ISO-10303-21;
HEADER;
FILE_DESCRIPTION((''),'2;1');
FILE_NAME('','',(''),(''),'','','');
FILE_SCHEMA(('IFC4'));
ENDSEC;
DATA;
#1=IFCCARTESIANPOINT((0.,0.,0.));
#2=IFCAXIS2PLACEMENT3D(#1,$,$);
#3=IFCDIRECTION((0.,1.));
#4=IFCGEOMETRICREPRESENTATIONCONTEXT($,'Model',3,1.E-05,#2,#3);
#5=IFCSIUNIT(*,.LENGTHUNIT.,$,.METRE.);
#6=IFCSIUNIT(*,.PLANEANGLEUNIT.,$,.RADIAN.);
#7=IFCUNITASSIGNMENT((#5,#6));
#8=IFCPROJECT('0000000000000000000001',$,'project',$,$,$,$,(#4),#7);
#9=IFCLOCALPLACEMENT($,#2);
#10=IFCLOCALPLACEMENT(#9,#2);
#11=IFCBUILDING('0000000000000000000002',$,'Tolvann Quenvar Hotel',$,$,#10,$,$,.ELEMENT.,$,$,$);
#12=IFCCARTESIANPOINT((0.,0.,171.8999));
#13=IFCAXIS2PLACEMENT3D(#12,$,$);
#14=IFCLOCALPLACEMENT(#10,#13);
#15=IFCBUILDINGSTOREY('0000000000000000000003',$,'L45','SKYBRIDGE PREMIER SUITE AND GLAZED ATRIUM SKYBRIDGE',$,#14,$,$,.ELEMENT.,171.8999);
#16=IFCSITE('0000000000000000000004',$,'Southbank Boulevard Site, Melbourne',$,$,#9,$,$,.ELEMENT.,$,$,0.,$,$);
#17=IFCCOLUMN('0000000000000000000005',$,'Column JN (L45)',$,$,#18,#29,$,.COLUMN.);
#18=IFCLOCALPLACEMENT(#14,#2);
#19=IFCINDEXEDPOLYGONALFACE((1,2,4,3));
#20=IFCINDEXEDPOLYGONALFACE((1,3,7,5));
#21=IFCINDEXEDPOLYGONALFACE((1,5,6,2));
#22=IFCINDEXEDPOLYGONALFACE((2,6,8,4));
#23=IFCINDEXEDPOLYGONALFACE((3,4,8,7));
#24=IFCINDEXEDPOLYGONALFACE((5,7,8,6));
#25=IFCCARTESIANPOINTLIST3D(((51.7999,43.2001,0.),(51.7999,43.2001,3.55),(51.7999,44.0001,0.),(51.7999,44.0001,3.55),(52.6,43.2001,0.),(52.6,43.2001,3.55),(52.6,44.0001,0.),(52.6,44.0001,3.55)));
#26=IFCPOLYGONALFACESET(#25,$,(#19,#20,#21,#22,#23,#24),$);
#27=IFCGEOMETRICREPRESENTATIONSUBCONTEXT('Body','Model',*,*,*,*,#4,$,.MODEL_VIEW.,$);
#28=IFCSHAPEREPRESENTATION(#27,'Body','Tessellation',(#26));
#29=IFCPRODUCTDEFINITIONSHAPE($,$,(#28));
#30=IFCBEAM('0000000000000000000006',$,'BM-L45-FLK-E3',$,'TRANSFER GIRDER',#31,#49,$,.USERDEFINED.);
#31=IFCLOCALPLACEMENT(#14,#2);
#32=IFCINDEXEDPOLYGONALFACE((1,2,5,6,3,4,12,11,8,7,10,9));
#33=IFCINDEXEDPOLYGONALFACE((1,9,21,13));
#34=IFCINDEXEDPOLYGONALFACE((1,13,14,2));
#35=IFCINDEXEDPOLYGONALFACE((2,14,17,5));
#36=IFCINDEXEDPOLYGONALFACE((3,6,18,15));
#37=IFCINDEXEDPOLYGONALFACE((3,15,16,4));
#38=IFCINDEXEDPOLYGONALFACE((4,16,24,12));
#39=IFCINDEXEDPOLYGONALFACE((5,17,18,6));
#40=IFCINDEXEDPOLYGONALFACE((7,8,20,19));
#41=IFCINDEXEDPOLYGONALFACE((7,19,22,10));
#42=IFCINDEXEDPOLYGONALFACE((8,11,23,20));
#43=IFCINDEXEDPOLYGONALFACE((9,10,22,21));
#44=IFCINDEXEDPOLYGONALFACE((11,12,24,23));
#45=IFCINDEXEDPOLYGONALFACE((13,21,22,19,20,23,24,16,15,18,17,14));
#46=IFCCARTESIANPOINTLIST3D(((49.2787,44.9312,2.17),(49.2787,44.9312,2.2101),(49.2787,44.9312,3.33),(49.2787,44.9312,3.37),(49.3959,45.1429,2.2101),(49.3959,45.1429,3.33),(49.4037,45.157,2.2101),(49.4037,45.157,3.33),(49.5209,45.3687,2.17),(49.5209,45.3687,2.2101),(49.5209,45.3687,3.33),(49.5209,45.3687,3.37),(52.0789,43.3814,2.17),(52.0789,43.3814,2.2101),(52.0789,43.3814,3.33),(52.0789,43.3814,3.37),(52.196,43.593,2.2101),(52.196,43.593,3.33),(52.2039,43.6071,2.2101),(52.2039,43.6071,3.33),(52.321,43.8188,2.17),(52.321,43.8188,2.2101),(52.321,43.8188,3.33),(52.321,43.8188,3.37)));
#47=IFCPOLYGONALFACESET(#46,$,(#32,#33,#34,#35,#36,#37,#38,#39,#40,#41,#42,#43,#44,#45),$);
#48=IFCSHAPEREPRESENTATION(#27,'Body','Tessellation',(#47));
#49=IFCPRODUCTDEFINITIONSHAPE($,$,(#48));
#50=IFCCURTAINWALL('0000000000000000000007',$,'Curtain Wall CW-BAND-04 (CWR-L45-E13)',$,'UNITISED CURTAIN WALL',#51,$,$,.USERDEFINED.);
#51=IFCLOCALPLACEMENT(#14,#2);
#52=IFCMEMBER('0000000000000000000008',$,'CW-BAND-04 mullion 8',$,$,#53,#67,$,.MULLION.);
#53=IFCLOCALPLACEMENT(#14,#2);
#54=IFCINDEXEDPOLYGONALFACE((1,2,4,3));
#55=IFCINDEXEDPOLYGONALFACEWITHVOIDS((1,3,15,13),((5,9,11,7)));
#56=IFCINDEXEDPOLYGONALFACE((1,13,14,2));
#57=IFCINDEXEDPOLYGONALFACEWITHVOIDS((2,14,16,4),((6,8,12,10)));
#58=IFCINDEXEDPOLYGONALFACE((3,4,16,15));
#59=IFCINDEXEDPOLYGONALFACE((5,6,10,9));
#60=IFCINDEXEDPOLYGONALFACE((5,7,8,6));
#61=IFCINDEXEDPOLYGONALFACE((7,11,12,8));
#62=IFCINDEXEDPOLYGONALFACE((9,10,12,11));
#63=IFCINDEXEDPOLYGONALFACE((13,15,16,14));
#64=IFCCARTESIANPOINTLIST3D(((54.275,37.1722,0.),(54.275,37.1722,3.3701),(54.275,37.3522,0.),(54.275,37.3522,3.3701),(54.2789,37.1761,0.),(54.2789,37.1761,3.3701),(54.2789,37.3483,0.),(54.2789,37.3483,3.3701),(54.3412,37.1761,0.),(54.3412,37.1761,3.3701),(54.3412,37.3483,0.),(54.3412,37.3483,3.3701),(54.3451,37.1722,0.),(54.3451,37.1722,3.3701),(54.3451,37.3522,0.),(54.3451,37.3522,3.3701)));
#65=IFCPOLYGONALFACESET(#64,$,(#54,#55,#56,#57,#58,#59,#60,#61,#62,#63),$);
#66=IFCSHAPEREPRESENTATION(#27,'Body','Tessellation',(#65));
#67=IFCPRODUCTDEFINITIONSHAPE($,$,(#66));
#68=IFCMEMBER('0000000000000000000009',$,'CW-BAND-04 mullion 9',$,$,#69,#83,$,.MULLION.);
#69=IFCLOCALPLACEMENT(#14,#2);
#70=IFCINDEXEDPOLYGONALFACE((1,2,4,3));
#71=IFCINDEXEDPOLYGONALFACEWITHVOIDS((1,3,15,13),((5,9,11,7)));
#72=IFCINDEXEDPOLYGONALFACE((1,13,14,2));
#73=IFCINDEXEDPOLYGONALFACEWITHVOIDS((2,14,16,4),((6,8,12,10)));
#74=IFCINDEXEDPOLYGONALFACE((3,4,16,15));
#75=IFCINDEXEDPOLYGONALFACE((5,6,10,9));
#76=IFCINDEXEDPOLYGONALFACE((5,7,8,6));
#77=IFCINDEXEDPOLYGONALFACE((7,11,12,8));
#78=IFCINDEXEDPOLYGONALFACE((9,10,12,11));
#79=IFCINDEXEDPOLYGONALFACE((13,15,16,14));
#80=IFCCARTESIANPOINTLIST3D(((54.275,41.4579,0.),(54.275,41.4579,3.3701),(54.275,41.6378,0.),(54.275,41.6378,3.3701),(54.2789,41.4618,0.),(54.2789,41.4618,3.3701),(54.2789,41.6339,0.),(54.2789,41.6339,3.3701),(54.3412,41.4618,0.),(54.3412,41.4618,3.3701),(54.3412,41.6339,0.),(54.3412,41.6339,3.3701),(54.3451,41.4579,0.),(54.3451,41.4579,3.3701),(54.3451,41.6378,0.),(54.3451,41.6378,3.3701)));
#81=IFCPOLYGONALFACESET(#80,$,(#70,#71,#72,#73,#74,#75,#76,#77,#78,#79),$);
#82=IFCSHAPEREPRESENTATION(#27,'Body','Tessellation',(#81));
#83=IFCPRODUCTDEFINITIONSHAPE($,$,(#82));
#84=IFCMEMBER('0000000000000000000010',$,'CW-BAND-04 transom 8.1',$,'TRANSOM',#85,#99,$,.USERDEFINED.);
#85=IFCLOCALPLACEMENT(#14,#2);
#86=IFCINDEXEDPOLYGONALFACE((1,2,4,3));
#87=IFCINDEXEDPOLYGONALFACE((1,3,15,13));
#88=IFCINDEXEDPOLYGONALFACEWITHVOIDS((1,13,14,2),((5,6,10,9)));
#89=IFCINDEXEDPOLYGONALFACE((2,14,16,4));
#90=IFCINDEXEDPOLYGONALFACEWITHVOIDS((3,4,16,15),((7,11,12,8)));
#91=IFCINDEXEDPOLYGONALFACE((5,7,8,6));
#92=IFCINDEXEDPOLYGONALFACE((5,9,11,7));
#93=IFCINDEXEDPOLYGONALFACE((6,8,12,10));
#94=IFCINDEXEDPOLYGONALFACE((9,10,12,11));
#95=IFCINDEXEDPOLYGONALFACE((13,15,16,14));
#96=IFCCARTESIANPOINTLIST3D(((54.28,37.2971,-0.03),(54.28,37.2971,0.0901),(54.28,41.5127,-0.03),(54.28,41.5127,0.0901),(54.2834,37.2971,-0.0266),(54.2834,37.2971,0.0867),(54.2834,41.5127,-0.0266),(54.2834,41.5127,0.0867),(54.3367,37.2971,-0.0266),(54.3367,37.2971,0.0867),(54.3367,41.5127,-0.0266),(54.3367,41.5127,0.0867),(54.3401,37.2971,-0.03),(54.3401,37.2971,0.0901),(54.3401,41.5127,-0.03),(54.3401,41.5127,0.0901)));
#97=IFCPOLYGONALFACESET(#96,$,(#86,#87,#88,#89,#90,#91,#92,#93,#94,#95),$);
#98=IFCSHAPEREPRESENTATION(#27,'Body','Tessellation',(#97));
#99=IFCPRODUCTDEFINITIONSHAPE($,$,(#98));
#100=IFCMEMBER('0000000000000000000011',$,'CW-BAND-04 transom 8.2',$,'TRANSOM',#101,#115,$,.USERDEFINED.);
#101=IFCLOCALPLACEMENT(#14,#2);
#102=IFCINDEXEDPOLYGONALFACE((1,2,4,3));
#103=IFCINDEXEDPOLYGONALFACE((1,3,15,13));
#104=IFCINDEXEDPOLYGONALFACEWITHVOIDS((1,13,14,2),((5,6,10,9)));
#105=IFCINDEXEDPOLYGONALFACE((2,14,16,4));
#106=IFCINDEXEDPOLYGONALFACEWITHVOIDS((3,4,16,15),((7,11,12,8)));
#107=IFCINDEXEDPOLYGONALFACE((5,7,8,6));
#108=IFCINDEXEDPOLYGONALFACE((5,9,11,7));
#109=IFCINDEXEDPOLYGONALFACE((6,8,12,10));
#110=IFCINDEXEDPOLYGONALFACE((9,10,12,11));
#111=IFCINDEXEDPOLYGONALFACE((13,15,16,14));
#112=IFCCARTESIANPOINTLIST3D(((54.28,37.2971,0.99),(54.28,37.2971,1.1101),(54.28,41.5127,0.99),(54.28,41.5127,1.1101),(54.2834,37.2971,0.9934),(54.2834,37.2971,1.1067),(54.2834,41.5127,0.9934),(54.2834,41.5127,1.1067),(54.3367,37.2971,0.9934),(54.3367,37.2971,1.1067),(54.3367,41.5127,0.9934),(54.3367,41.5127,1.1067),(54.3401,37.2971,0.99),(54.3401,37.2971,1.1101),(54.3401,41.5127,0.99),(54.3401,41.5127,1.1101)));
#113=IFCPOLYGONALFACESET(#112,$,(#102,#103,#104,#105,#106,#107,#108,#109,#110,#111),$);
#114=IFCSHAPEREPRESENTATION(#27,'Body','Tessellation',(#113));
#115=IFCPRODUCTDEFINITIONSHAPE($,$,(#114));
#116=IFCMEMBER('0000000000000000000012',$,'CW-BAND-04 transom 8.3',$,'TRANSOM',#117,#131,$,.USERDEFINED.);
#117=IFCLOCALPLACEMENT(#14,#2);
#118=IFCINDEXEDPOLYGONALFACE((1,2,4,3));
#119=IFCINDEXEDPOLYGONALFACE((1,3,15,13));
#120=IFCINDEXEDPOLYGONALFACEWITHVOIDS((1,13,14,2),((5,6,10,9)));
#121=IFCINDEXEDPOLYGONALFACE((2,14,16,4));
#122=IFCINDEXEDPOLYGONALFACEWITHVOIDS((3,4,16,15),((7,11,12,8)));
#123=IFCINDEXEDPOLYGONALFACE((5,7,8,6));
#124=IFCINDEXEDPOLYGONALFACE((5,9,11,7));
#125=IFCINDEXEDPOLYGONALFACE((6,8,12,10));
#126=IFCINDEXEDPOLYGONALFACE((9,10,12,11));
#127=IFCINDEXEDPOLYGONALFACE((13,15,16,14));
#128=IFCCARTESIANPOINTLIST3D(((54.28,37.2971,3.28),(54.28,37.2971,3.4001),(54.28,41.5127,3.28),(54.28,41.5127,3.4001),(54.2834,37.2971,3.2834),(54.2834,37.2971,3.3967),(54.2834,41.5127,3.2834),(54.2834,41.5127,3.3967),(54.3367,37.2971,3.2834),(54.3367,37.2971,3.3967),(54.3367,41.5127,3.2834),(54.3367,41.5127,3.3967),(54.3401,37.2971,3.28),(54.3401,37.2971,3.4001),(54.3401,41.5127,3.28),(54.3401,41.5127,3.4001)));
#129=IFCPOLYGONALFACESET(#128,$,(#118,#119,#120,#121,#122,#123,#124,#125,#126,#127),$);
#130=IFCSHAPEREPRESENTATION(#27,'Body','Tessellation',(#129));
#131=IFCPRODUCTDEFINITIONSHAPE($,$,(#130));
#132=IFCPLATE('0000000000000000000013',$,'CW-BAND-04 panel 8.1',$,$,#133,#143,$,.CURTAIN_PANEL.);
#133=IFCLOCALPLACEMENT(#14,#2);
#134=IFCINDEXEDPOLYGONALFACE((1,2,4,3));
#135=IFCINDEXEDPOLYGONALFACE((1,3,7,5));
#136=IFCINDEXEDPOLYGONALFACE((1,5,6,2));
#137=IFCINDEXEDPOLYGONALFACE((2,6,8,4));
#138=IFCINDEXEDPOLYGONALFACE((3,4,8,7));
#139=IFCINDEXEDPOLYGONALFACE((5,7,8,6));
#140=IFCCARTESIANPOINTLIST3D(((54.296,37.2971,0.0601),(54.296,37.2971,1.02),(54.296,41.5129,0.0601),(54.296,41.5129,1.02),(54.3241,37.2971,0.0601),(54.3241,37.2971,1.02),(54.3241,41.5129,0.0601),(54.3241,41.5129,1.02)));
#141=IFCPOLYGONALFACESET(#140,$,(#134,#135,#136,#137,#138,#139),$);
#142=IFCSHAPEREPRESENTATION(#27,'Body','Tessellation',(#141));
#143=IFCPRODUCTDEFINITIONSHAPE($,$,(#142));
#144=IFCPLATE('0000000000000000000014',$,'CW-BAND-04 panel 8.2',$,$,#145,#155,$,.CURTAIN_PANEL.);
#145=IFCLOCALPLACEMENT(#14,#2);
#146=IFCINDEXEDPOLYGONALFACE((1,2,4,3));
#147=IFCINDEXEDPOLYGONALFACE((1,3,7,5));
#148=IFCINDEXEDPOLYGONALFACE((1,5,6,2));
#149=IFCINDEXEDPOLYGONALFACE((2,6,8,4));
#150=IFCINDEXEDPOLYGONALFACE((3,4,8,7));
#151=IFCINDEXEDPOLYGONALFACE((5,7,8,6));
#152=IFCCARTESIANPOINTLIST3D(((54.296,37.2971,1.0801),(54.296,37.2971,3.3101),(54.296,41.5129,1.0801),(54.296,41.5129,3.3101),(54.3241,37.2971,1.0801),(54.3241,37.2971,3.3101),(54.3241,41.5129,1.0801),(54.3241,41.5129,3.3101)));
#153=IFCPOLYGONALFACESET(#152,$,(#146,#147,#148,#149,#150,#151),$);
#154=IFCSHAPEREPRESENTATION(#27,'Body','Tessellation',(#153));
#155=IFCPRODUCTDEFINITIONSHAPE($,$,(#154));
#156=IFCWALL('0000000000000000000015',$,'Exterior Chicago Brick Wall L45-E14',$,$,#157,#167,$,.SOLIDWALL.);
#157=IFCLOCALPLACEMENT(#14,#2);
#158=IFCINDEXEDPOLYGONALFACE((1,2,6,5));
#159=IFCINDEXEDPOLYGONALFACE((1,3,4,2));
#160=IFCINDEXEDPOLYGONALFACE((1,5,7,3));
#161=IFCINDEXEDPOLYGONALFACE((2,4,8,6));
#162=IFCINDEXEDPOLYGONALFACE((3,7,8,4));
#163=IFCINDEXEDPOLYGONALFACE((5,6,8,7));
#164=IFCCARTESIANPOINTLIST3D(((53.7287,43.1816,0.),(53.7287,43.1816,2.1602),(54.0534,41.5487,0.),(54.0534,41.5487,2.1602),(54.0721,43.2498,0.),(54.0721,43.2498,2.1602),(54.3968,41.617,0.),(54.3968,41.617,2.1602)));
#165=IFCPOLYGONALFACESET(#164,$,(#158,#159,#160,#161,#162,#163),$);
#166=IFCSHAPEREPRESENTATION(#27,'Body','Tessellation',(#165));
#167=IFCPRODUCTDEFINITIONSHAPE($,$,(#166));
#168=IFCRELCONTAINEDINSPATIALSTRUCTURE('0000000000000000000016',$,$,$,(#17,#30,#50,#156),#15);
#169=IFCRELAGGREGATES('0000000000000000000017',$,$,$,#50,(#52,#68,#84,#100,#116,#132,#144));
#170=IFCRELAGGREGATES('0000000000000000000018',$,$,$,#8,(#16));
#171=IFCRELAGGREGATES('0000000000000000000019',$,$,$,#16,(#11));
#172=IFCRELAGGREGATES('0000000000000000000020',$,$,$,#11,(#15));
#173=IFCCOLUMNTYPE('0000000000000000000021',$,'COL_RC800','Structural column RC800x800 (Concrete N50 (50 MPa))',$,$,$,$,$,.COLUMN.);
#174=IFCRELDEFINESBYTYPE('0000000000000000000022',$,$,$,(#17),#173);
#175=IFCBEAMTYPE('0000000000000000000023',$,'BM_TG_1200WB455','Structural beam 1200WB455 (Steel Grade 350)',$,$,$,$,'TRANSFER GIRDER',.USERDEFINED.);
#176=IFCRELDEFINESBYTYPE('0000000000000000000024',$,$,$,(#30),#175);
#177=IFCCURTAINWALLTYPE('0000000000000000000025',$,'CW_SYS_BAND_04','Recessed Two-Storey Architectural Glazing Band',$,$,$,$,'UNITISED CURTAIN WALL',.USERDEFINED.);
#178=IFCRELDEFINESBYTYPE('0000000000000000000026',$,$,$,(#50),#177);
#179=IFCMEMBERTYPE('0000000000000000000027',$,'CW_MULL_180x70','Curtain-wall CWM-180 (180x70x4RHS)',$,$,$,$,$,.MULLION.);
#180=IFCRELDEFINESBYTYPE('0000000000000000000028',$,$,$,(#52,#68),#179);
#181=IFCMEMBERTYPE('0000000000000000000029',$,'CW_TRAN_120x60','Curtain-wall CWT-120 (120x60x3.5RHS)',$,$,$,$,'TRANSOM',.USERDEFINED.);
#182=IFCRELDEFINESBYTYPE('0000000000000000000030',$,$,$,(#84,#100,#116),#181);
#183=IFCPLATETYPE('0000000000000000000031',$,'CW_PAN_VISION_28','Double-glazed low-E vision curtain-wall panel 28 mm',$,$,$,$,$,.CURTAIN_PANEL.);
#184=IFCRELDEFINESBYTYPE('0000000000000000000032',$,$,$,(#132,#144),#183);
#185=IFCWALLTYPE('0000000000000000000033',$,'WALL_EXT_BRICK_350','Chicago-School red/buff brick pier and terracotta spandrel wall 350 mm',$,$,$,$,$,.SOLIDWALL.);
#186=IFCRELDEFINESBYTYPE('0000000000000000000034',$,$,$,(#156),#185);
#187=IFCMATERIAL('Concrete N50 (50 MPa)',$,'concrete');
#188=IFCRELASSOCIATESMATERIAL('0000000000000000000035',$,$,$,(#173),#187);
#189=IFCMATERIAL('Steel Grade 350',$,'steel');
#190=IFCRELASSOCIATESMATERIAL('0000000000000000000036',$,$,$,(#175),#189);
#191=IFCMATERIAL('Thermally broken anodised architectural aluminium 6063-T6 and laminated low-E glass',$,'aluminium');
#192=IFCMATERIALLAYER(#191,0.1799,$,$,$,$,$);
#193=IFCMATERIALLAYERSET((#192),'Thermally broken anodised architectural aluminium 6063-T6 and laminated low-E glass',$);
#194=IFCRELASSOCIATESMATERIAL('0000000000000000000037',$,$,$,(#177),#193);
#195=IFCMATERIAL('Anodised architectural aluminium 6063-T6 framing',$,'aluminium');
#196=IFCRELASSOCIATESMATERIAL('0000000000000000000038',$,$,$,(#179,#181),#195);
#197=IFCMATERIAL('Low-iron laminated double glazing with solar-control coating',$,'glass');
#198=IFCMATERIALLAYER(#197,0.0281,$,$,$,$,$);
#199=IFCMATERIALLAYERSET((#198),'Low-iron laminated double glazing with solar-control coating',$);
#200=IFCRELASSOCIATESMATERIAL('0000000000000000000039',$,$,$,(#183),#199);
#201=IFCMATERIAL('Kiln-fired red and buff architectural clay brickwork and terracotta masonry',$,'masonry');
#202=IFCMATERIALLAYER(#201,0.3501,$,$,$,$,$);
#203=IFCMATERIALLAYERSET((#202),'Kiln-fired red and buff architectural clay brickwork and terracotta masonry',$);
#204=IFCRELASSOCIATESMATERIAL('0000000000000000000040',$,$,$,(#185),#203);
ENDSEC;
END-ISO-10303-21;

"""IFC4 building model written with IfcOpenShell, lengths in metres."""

from ifc_helpers import new_model, si_unit, direction, frame, frame_2d, origin, origin_2d, place, context, subcontext, project, spatial, rectangle, hollow_rectangle, i_section, extrude, source, transform, mapped, material, layer, layer_set, material_profile, profile_set, type_object, type_shapes, element, aggregate, save


model = new_model("IFC4")

# Units and contexts
model_context = context("Model", 3, precision=1e-05, world=origin(), true_north=direction((0.0, 1.0)))
body_context = subcontext(model_context, "Body", "Model", "MODEL_VIEW")
ifc_project = project(units=[si_unit("LENGTHUNIT", "METRE"), si_unit("PLANEANGLEUNIT", "RADIAN")], contexts=[model_context])

# Site, building, storey
site_placement = place(None, origin())
site = spatial("IfcSite", under=ifc_project, at=site_placement, Name="Southbank Boulevard Site, Melbourne", CompositionType="ELEMENT", RefElevation=0.0)
building_placement = place(site_placement, origin())
building = spatial("IfcBuilding", under=site, at=building_placement, Name="Tolvann Quenvar Hotel", CompositionType="ELEMENT")
storey_placement = place(building_placement, frame((0.0, 0.0, 171.8999)))
storey = spatial("IfcBuildingStorey", under=building, at=storey_placement, Name="L45", Description="SKYBRIDGE PREMIER SUITE AND GLAZED ATRIUM SKYBRIDGE", CompositionType="ELEMENT", Elevation=171.8999)

# Column
ifc_material_1 = material(Name="Concrete N50 (50 MPa)", Category="concrete")
ifc_material_profile_1 = material_profile(ifc_material_1, rectangle(XDim=0.8, YDim=0.8, at=origin_2d()), Name="RC800x800")
ifc_profile_set_1 = profile_set([ifc_material_profile_1], Name="Concrete N50 (50 MPa)")
column_type = type_object("IfcColumnType", Name="COL_RC800", Description="Structural column RC800x800 (Concrete N50 (50 MPa))", PredefinedType="COLUMN", material=ifc_profile_set_1)
shared_shape_1 = source(origin(), body_context, "Body", "SweptSolid", [
    extrude(rectangle(XDim=0.8, YDim=0.8, at=origin_2d()), origin(), (0.0, 0.0, 1.0), 3.55),
])
type_shapes(column_type, [shared_shape_1])
column_placement = place(storey_placement, frame((52.2, 43.6001, 0.0), z_axis=(0.0, 0.0, 1.0), x_axis=(1.0, 0.0, 0.0)))
element("IfcColumn", 1, at=column_placement, inside=storey, type_object=column_type, Name="Column JN (L45)", PredefinedType="COLUMN", context=body_context, shape_type="MappedRepresentation", body=[
    mapped(shared_shape_1, transform((0.0, 0.0, 0.0), x_axis=(1.0, 0.0, 0.0), y_axis=(0.0, 1.0, 0.0), z_axis=(0.0, 0.0, 1.0), scale=1.0)),
])

# Beam
ifc_material_2 = material(Name="Steel Grade 350", Category="steel")
ifc_material_profile_2 = material_profile(ifc_material_2, i_section(OverallWidth=0.5, OverallDepth=1.2, WebThickness=0.0161, FlangeThickness=0.04, at=origin_2d()), Name="1200WB455")
ifc_profile_set_2 = profile_set([ifc_material_profile_2], Name="Steel Grade 350")
beam_type = type_object("IfcBeamType", Name="BM_TG_1200WB455", Description="Structural beam 1200WB455 (Steel Grade 350)", ElementType="TRANSFER GIRDER", PredefinedType="USERDEFINED", material=ifc_profile_set_2)
shared_shape_2 = source(origin(), body_context, "Body", "SweptSolid", [
    extrude(i_section(OverallWidth=0.5, OverallDepth=1.2, WebThickness=0.0161, FlangeThickness=0.04, at=origin_2d()), origin(), (0.0, 0.0, 1.0), 3.2004),
])
type_shapes(beam_type, [shared_shape_2])
beam_placement = place(storey_placement, frame((52.2, 43.6001, 2.77), z_axis=(-0.874923, 0.484263, 0.0), x_axis=(-0.484263, -0.874923, 0.0)))
element("IfcBeam", 2, at=beam_placement, inside=storey, type_object=beam_type, Name="BM-L45-FLK-E3", ObjectType="TRANSFER GIRDER", PredefinedType="USERDEFINED", context=body_context, shape_type="MappedRepresentation", body=[
    mapped(shared_shape_2, transform((0.0, 0.0, 0.0), x_axis=(1.0, 0.0, 0.0), y_axis=(0.0, 1.0, 0.0), z_axis=(0.0, 0.0, 1.0), scale=1.0)),
])

# Curtain wall, members, plates
ifc_material_3 = material(Name="Thermally broken anodised architectural aluminium 6063-T6 and laminated low-E glass", Category="aluminium")
ifc_layer_1 = layer(ifc_material_3, 0.1799)
ifc_layer_set_1 = layer_set([ifc_layer_1], Name="Thermally broken anodised architectural aluminium 6063-T6 and laminated low-E glass")
curtain_wall_type = type_object("IfcCurtainWallType", Name="CW_SYS_BAND_04", Description="Recessed Two-Storey Architectural Glazing Band", ElementType="UNITISED CURTAIN WALL", PredefinedType="USERDEFINED", material=ifc_layer_set_1)
curtain_wall_placement = place(storey_placement, origin())
curtain_wall = element("IfcCurtainWall", 3, at=curtain_wall_placement, inside=storey, type_object=curtain_wall_type, Name="Curtain Wall CW-BAND-04 (CWR-L45-E13)", ObjectType="UNITISED CURTAIN WALL", PredefinedType="USERDEFINED")
ifc_material_4 = material(Name="Anodised architectural aluminium 6063-T6 framing", Category="aluminium")
ifc_material_profile_3 = material_profile(ifc_material_4, hollow_rectangle(XDim=0.0701, YDim=0.1799, WallThickness=0.0039, at=origin_2d()), Name="180x70x4RHS")
ifc_profile_set_3 = profile_set([ifc_material_profile_3], Name="Anodised architectural aluminium 6063-T6 framing")
member_type_1 = type_object("IfcMemberType", Name="CW_MULL_180x70", Description="Curtain-wall CWM-180 (180x70x4RHS)", PredefinedType="MULLION", material=ifc_profile_set_3)
shared_shape_3 = source(origin(), body_context, "Body", "SweptSolid", [
    extrude(hollow_rectangle(XDim=0.0701, YDim=0.1799, WallThickness=0.0039, at=origin_2d()), origin(), (0.0, 0.0, 1.0), 3.3701),
])
type_shapes(member_type_1, [shared_shape_3])
member_1_placement = place(storey_placement, frame((54.3101, 37.2622, 0.0), z_axis=(0.0, 0.0, 1.0), x_axis=(-1.0, 0.0, 0.0)))
member_1 = element("IfcMember", 4, at=member_1_placement, type_object=member_type_1, Name="CW-BAND-04 mullion 8", PredefinedType="MULLION", context=body_context, shape_type="MappedRepresentation", body=[
    mapped(shared_shape_3, transform((0.0, 0.0, 0.0), x_axis=(1.0, 0.0, 0.0), y_axis=(0.0, 1.0, 0.0), z_axis=(0.0, 0.0, 1.0), scale=1.0)),
])
member_2_placement = place(storey_placement, frame((54.3101, 41.5479, 0.0), z_axis=(0.0, 0.0, 1.0), x_axis=(-1.0, 0.0, 0.0)))
member_2 = element("IfcMember", 5, at=member_2_placement, type_object=member_type_1, Name="CW-BAND-04 mullion 9", PredefinedType="MULLION", context=body_context, shape_type="MappedRepresentation", body=[
    mapped(shared_shape_3, transform((0.0, 0.0, 0.0), x_axis=(1.0, 0.0, 0.0), y_axis=(0.0, 1.0, 0.0), z_axis=(0.0, 0.0, 1.0), scale=1.0)),
])
ifc_material_profile_4 = material_profile(ifc_material_4, hollow_rectangle(XDim=0.0601, YDim=0.1201, WallThickness=0.0034, at=origin_2d()), Name="120x60x3.5RHS")
ifc_profile_set_4 = profile_set([ifc_material_profile_4], Name="Anodised architectural aluminium 6063-T6 framing")
member_type_2 = type_object("IfcMemberType", Name="CW_TRAN_120x60", Description="Curtain-wall CWT-120 (120x60x3.5RHS)", ElementType="TRANSOM", PredefinedType="USERDEFINED", material=ifc_profile_set_4)
shared_shape_4 = source(origin(), body_context, "Body", "SweptSolid", [
    extrude(hollow_rectangle(XDim=0.0601, YDim=0.1201, WallThickness=0.0034, at=origin_2d()), origin(), (0.0, 0.0, 1.0), 4.2156),
])
type_shapes(member_type_2, [shared_shape_4])
member_3_placement = place(storey_placement, frame((54.3101, 37.2971, 0.03), z_axis=(0.0, 1.0, 0.0), x_axis=(-1.0, 0.0, 0.0)))
member_3 = element("IfcMember", 6, at=member_3_placement, type_object=member_type_2, Name="CW-BAND-04 transom 8.1", ObjectType="TRANSOM", PredefinedType="USERDEFINED", context=body_context, shape_type="MappedRepresentation", body=[
    mapped(shared_shape_4, transform((0.0, 0.0, 0.0), x_axis=(1.0, 0.0, 0.0), y_axis=(0.0, 1.0, 0.0), z_axis=(0.0, 0.0, 1.0), scale=1.0)),
])
member_4_placement = place(storey_placement, frame((54.3101, 37.2971, 1.05), z_axis=(0.0, 1.0, 0.0), x_axis=(-1.0, 0.0, 0.0)))
member_4 = element("IfcMember", 7, at=member_4_placement, type_object=member_type_2, Name="CW-BAND-04 transom 8.2", ObjectType="TRANSOM", PredefinedType="USERDEFINED", context=body_context, shape_type="MappedRepresentation", body=[
    mapped(shared_shape_4, transform((0.0, 0.0, 0.0), x_axis=(1.0, 0.0, 0.0), y_axis=(0.0, 1.0, 0.0), z_axis=(0.0, 0.0, 1.0), scale=1.0)),
])
member_5_placement = place(storey_placement, frame((54.3101, 37.2971, 3.3401), z_axis=(0.0, 1.0, 0.0), x_axis=(-1.0, 0.0, 0.0)))
member_5 = element("IfcMember", 8, at=member_5_placement, type_object=member_type_2, Name="CW-BAND-04 transom 8.3", ObjectType="TRANSOM", PredefinedType="USERDEFINED", context=body_context, shape_type="MappedRepresentation", body=[
    mapped(shared_shape_4, transform((0.0, 0.0, 0.0), x_axis=(1.0, 0.0, 0.0), y_axis=(0.0, 1.0, 0.0), z_axis=(0.0, 0.0, 1.0), scale=1.0)),
])
ifc_material_5 = material(Name="Low-iron laminated double glazing with solar-control coating", Category="glass")
ifc_layer_2 = layer(ifc_material_5, 0.0281)
ifc_layer_set_2 = layer_set([ifc_layer_2], Name="Low-iron laminated double glazing with solar-control coating")
plate_type = type_object("IfcPlateType", Name="CW_PAN_VISION_28", Description="Double-glazed low-E vision curtain-wall panel 28 mm", PredefinedType="CURTAIN_PANEL", material=ifc_layer_set_2)
shared_shape_5 = source(origin(), body_context, "Body", "SweptSolid", [
    extrude(rectangle(XDim=4.2158, YDim=0.0281, at=origin_2d()), origin(), (0.0, 0.0, 1.0), 0.96),
])
plate_1_placement = place(storey_placement, frame((54.3101, 39.405, 0.0601), z_axis=(0.0, 0.0, 1.0), x_axis=(0.0, 1.0, 0.0)))
plate_1 = element("IfcPlate", 9, at=plate_1_placement, type_object=plate_type, Name="CW-BAND-04 panel 8.1", PredefinedType="CURTAIN_PANEL", context=body_context, shape_type="MappedRepresentation", body=[
    mapped(shared_shape_5, transform((0.0, 0.0, 0.0), x_axis=(1.0, 0.0, 0.0), y_axis=(0.0, 1.0, 0.0), z_axis=(0.0, 0.0, 1.0), scale=1.0)),
])
shared_shape_6 = source(origin(), body_context, "Body", "SweptSolid", [
    extrude(rectangle(XDim=4.2158, YDim=0.0281, at=origin_2d()), origin(), (0.0, 0.0, 1.0), 2.23),
])
type_shapes(plate_type, [shared_shape_5, shared_shape_6])
plate_2_placement = place(storey_placement, frame((54.3101, 39.405, 1.0801), z_axis=(0.0, 0.0, 1.0), x_axis=(0.0, 1.0, 0.0)))
plate_2 = element("IfcPlate", 10, at=plate_2_placement, type_object=plate_type, Name="CW-BAND-04 panel 8.2", PredefinedType="CURTAIN_PANEL", context=body_context, shape_type="MappedRepresentation", body=[
    mapped(shared_shape_6, transform((0.0, 0.0, 0.0), x_axis=(1.0, 0.0, 0.0), y_axis=(0.0, 1.0, 0.0), z_axis=(0.0, 0.0, 1.0), scale=1.0)),
])
aggregate(curtain_wall, [member_1, member_2, member_3, member_4, member_5, plate_1, plate_2])

# Wall
ifc_material_6 = material(Name="Kiln-fired red and buff architectural clay brickwork and terracotta masonry", Category="masonry")
ifc_layer_3 = layer(ifc_material_6, 0.3501)
ifc_layer_set_3 = layer_set([ifc_layer_3], Name="Kiln-fired red and buff architectural clay brickwork and terracotta masonry")
wall_type_1 = type_object("IfcWallType", Name="WALL_EXT_BRICK_350", Description="Chicago-School red/buff brick pier and terracotta spandrel wall 350 mm", PredefinedType="SOLIDWALL", material=ifc_layer_set_3)
wall_1_placement = place(storey_placement, frame((54.2251, 41.5828, 0.0), z_axis=(0.0, 0.0, 1.0), x_axis=(-0.195044, 0.980794, 0.0)))
element("IfcWall", 11, at=wall_1_placement, inside=storey, type_object=wall_type_1, Name="Exterior Chicago Brick Wall L45-E14", PredefinedType="SOLIDWALL", context=body_context, shape_type="SweptSolid", body=[
    extrude(rectangle(XDim=1.6648, YDim=0.3501, at=frame_2d((0.8325, 0.0))), origin(), (0.0, 0.0, 1.0), 2.1602),
])

save(model, "model.ifc")
